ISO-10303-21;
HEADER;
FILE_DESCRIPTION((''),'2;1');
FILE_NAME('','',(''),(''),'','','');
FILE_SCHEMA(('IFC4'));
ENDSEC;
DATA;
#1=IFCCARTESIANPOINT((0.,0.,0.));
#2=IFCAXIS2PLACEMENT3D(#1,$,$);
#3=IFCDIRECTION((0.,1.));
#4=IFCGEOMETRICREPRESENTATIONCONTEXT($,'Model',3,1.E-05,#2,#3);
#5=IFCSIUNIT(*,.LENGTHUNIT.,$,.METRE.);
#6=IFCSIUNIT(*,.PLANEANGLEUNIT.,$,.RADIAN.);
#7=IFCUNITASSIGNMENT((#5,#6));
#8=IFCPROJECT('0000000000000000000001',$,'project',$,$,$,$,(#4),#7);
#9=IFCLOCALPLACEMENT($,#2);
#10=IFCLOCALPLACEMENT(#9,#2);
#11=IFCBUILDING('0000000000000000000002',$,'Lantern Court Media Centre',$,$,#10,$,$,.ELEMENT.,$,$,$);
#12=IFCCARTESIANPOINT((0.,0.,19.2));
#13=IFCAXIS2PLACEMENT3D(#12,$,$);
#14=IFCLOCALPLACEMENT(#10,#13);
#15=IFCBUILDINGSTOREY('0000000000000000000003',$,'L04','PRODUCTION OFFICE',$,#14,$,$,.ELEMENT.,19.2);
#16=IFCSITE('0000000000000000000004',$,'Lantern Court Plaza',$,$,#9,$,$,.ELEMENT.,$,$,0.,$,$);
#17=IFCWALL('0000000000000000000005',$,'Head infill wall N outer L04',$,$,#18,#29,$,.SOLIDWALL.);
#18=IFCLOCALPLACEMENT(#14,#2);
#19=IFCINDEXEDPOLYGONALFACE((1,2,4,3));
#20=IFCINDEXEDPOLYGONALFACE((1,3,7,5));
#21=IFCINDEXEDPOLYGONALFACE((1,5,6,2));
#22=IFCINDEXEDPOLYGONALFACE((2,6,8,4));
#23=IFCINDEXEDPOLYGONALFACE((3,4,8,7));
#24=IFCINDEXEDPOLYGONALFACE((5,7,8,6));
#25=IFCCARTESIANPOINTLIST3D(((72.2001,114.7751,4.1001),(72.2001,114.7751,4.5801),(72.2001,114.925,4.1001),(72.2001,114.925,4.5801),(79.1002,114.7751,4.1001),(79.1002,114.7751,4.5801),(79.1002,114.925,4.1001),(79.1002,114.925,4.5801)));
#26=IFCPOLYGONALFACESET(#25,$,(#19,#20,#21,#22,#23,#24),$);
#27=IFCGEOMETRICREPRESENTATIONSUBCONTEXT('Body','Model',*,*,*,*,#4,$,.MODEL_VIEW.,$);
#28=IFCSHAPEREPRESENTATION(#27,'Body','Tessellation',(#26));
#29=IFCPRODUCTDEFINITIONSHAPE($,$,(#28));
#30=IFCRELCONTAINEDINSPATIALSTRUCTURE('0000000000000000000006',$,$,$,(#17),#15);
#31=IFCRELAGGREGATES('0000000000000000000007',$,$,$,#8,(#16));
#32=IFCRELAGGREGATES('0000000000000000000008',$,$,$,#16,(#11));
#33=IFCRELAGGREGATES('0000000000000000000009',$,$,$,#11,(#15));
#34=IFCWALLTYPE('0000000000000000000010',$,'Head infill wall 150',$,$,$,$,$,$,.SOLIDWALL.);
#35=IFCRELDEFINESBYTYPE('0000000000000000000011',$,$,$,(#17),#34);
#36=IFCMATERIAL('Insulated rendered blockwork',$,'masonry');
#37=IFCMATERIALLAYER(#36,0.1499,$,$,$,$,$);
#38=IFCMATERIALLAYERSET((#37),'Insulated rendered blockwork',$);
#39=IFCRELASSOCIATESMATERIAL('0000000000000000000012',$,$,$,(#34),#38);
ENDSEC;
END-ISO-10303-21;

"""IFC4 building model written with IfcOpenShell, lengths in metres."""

from ifc_helpers import new_model, si_unit, direction, frame, frame_2d, origin, place, context, subcontext, project, spatial, rectangle, extrude, material, layer, layer_set, type_object, element, save


model = new_model("IFC4")

# Units and contexts
model_context = context("Model", 3, precision=1e-05, world=origin(), true_north=direction((0.0, 1.0)))
body_context = subcontext(model_context, "Body", "Model", "MODEL_VIEW")
ifc_project = project(units=[si_unit("LENGTHUNIT", "METRE"), si_unit("PLANEANGLEUNIT", "RADIAN")], contexts=[model_context])

# Site, building, storey
site_placement = place(None, origin())
site = spatial("IfcSite", under=ifc_project, at=site_placement, Name="Lantern Court Plaza", CompositionType="ELEMENT", RefElevation=0.0)
building_placement = place(site_placement, origin())
building = spatial("IfcBuilding", under=site, at=building_placement, Name="Lantern Court Media Centre", CompositionType="ELEMENT")
storey_placement = place(building_placement, frame((0.0, 0.0, 19.2)))
storey = spatial("IfcBuildingStorey", under=building, at=storey_placement, Name="L04", Description="PRODUCTION OFFICE", CompositionType="ELEMENT", Elevation=19.2)

# Wall
ifc_material_1 = material(Name="Insulated rendered blockwork", Category="masonry")
ifc_layer_1 = layer(ifc_material_1, 0.1499)
ifc_layer_set_1 = layer_set([ifc_layer_1], Name="Insulated rendered blockwork")
wall_type_1 = type_object("IfcWallType", Name="Head infill wall 150", PredefinedType="SOLIDWALL", material=ifc_layer_set_1)
wall_1_placement = place(storey_placement, frame((72.2, 114.8501, 4.1001), z_axis=(0.0, 0.0, 1.0), x_axis=(1.0, 0.0, 0.0)))
element("IfcWall", 1, at=wall_1_placement, inside=storey, type_object=wall_type_1, Name="Head infill wall N outer L04", PredefinedType="SOLIDWALL", context=body_context, shape_type="SweptSolid", body=[
    extrude(rectangle(XDim=6.9001, YDim=0.1499, at=frame_2d((3.4502, 0.0))), origin(), (0.0, 0.0, 1.0), 0.48),
])

save(model, "model.ifc")
